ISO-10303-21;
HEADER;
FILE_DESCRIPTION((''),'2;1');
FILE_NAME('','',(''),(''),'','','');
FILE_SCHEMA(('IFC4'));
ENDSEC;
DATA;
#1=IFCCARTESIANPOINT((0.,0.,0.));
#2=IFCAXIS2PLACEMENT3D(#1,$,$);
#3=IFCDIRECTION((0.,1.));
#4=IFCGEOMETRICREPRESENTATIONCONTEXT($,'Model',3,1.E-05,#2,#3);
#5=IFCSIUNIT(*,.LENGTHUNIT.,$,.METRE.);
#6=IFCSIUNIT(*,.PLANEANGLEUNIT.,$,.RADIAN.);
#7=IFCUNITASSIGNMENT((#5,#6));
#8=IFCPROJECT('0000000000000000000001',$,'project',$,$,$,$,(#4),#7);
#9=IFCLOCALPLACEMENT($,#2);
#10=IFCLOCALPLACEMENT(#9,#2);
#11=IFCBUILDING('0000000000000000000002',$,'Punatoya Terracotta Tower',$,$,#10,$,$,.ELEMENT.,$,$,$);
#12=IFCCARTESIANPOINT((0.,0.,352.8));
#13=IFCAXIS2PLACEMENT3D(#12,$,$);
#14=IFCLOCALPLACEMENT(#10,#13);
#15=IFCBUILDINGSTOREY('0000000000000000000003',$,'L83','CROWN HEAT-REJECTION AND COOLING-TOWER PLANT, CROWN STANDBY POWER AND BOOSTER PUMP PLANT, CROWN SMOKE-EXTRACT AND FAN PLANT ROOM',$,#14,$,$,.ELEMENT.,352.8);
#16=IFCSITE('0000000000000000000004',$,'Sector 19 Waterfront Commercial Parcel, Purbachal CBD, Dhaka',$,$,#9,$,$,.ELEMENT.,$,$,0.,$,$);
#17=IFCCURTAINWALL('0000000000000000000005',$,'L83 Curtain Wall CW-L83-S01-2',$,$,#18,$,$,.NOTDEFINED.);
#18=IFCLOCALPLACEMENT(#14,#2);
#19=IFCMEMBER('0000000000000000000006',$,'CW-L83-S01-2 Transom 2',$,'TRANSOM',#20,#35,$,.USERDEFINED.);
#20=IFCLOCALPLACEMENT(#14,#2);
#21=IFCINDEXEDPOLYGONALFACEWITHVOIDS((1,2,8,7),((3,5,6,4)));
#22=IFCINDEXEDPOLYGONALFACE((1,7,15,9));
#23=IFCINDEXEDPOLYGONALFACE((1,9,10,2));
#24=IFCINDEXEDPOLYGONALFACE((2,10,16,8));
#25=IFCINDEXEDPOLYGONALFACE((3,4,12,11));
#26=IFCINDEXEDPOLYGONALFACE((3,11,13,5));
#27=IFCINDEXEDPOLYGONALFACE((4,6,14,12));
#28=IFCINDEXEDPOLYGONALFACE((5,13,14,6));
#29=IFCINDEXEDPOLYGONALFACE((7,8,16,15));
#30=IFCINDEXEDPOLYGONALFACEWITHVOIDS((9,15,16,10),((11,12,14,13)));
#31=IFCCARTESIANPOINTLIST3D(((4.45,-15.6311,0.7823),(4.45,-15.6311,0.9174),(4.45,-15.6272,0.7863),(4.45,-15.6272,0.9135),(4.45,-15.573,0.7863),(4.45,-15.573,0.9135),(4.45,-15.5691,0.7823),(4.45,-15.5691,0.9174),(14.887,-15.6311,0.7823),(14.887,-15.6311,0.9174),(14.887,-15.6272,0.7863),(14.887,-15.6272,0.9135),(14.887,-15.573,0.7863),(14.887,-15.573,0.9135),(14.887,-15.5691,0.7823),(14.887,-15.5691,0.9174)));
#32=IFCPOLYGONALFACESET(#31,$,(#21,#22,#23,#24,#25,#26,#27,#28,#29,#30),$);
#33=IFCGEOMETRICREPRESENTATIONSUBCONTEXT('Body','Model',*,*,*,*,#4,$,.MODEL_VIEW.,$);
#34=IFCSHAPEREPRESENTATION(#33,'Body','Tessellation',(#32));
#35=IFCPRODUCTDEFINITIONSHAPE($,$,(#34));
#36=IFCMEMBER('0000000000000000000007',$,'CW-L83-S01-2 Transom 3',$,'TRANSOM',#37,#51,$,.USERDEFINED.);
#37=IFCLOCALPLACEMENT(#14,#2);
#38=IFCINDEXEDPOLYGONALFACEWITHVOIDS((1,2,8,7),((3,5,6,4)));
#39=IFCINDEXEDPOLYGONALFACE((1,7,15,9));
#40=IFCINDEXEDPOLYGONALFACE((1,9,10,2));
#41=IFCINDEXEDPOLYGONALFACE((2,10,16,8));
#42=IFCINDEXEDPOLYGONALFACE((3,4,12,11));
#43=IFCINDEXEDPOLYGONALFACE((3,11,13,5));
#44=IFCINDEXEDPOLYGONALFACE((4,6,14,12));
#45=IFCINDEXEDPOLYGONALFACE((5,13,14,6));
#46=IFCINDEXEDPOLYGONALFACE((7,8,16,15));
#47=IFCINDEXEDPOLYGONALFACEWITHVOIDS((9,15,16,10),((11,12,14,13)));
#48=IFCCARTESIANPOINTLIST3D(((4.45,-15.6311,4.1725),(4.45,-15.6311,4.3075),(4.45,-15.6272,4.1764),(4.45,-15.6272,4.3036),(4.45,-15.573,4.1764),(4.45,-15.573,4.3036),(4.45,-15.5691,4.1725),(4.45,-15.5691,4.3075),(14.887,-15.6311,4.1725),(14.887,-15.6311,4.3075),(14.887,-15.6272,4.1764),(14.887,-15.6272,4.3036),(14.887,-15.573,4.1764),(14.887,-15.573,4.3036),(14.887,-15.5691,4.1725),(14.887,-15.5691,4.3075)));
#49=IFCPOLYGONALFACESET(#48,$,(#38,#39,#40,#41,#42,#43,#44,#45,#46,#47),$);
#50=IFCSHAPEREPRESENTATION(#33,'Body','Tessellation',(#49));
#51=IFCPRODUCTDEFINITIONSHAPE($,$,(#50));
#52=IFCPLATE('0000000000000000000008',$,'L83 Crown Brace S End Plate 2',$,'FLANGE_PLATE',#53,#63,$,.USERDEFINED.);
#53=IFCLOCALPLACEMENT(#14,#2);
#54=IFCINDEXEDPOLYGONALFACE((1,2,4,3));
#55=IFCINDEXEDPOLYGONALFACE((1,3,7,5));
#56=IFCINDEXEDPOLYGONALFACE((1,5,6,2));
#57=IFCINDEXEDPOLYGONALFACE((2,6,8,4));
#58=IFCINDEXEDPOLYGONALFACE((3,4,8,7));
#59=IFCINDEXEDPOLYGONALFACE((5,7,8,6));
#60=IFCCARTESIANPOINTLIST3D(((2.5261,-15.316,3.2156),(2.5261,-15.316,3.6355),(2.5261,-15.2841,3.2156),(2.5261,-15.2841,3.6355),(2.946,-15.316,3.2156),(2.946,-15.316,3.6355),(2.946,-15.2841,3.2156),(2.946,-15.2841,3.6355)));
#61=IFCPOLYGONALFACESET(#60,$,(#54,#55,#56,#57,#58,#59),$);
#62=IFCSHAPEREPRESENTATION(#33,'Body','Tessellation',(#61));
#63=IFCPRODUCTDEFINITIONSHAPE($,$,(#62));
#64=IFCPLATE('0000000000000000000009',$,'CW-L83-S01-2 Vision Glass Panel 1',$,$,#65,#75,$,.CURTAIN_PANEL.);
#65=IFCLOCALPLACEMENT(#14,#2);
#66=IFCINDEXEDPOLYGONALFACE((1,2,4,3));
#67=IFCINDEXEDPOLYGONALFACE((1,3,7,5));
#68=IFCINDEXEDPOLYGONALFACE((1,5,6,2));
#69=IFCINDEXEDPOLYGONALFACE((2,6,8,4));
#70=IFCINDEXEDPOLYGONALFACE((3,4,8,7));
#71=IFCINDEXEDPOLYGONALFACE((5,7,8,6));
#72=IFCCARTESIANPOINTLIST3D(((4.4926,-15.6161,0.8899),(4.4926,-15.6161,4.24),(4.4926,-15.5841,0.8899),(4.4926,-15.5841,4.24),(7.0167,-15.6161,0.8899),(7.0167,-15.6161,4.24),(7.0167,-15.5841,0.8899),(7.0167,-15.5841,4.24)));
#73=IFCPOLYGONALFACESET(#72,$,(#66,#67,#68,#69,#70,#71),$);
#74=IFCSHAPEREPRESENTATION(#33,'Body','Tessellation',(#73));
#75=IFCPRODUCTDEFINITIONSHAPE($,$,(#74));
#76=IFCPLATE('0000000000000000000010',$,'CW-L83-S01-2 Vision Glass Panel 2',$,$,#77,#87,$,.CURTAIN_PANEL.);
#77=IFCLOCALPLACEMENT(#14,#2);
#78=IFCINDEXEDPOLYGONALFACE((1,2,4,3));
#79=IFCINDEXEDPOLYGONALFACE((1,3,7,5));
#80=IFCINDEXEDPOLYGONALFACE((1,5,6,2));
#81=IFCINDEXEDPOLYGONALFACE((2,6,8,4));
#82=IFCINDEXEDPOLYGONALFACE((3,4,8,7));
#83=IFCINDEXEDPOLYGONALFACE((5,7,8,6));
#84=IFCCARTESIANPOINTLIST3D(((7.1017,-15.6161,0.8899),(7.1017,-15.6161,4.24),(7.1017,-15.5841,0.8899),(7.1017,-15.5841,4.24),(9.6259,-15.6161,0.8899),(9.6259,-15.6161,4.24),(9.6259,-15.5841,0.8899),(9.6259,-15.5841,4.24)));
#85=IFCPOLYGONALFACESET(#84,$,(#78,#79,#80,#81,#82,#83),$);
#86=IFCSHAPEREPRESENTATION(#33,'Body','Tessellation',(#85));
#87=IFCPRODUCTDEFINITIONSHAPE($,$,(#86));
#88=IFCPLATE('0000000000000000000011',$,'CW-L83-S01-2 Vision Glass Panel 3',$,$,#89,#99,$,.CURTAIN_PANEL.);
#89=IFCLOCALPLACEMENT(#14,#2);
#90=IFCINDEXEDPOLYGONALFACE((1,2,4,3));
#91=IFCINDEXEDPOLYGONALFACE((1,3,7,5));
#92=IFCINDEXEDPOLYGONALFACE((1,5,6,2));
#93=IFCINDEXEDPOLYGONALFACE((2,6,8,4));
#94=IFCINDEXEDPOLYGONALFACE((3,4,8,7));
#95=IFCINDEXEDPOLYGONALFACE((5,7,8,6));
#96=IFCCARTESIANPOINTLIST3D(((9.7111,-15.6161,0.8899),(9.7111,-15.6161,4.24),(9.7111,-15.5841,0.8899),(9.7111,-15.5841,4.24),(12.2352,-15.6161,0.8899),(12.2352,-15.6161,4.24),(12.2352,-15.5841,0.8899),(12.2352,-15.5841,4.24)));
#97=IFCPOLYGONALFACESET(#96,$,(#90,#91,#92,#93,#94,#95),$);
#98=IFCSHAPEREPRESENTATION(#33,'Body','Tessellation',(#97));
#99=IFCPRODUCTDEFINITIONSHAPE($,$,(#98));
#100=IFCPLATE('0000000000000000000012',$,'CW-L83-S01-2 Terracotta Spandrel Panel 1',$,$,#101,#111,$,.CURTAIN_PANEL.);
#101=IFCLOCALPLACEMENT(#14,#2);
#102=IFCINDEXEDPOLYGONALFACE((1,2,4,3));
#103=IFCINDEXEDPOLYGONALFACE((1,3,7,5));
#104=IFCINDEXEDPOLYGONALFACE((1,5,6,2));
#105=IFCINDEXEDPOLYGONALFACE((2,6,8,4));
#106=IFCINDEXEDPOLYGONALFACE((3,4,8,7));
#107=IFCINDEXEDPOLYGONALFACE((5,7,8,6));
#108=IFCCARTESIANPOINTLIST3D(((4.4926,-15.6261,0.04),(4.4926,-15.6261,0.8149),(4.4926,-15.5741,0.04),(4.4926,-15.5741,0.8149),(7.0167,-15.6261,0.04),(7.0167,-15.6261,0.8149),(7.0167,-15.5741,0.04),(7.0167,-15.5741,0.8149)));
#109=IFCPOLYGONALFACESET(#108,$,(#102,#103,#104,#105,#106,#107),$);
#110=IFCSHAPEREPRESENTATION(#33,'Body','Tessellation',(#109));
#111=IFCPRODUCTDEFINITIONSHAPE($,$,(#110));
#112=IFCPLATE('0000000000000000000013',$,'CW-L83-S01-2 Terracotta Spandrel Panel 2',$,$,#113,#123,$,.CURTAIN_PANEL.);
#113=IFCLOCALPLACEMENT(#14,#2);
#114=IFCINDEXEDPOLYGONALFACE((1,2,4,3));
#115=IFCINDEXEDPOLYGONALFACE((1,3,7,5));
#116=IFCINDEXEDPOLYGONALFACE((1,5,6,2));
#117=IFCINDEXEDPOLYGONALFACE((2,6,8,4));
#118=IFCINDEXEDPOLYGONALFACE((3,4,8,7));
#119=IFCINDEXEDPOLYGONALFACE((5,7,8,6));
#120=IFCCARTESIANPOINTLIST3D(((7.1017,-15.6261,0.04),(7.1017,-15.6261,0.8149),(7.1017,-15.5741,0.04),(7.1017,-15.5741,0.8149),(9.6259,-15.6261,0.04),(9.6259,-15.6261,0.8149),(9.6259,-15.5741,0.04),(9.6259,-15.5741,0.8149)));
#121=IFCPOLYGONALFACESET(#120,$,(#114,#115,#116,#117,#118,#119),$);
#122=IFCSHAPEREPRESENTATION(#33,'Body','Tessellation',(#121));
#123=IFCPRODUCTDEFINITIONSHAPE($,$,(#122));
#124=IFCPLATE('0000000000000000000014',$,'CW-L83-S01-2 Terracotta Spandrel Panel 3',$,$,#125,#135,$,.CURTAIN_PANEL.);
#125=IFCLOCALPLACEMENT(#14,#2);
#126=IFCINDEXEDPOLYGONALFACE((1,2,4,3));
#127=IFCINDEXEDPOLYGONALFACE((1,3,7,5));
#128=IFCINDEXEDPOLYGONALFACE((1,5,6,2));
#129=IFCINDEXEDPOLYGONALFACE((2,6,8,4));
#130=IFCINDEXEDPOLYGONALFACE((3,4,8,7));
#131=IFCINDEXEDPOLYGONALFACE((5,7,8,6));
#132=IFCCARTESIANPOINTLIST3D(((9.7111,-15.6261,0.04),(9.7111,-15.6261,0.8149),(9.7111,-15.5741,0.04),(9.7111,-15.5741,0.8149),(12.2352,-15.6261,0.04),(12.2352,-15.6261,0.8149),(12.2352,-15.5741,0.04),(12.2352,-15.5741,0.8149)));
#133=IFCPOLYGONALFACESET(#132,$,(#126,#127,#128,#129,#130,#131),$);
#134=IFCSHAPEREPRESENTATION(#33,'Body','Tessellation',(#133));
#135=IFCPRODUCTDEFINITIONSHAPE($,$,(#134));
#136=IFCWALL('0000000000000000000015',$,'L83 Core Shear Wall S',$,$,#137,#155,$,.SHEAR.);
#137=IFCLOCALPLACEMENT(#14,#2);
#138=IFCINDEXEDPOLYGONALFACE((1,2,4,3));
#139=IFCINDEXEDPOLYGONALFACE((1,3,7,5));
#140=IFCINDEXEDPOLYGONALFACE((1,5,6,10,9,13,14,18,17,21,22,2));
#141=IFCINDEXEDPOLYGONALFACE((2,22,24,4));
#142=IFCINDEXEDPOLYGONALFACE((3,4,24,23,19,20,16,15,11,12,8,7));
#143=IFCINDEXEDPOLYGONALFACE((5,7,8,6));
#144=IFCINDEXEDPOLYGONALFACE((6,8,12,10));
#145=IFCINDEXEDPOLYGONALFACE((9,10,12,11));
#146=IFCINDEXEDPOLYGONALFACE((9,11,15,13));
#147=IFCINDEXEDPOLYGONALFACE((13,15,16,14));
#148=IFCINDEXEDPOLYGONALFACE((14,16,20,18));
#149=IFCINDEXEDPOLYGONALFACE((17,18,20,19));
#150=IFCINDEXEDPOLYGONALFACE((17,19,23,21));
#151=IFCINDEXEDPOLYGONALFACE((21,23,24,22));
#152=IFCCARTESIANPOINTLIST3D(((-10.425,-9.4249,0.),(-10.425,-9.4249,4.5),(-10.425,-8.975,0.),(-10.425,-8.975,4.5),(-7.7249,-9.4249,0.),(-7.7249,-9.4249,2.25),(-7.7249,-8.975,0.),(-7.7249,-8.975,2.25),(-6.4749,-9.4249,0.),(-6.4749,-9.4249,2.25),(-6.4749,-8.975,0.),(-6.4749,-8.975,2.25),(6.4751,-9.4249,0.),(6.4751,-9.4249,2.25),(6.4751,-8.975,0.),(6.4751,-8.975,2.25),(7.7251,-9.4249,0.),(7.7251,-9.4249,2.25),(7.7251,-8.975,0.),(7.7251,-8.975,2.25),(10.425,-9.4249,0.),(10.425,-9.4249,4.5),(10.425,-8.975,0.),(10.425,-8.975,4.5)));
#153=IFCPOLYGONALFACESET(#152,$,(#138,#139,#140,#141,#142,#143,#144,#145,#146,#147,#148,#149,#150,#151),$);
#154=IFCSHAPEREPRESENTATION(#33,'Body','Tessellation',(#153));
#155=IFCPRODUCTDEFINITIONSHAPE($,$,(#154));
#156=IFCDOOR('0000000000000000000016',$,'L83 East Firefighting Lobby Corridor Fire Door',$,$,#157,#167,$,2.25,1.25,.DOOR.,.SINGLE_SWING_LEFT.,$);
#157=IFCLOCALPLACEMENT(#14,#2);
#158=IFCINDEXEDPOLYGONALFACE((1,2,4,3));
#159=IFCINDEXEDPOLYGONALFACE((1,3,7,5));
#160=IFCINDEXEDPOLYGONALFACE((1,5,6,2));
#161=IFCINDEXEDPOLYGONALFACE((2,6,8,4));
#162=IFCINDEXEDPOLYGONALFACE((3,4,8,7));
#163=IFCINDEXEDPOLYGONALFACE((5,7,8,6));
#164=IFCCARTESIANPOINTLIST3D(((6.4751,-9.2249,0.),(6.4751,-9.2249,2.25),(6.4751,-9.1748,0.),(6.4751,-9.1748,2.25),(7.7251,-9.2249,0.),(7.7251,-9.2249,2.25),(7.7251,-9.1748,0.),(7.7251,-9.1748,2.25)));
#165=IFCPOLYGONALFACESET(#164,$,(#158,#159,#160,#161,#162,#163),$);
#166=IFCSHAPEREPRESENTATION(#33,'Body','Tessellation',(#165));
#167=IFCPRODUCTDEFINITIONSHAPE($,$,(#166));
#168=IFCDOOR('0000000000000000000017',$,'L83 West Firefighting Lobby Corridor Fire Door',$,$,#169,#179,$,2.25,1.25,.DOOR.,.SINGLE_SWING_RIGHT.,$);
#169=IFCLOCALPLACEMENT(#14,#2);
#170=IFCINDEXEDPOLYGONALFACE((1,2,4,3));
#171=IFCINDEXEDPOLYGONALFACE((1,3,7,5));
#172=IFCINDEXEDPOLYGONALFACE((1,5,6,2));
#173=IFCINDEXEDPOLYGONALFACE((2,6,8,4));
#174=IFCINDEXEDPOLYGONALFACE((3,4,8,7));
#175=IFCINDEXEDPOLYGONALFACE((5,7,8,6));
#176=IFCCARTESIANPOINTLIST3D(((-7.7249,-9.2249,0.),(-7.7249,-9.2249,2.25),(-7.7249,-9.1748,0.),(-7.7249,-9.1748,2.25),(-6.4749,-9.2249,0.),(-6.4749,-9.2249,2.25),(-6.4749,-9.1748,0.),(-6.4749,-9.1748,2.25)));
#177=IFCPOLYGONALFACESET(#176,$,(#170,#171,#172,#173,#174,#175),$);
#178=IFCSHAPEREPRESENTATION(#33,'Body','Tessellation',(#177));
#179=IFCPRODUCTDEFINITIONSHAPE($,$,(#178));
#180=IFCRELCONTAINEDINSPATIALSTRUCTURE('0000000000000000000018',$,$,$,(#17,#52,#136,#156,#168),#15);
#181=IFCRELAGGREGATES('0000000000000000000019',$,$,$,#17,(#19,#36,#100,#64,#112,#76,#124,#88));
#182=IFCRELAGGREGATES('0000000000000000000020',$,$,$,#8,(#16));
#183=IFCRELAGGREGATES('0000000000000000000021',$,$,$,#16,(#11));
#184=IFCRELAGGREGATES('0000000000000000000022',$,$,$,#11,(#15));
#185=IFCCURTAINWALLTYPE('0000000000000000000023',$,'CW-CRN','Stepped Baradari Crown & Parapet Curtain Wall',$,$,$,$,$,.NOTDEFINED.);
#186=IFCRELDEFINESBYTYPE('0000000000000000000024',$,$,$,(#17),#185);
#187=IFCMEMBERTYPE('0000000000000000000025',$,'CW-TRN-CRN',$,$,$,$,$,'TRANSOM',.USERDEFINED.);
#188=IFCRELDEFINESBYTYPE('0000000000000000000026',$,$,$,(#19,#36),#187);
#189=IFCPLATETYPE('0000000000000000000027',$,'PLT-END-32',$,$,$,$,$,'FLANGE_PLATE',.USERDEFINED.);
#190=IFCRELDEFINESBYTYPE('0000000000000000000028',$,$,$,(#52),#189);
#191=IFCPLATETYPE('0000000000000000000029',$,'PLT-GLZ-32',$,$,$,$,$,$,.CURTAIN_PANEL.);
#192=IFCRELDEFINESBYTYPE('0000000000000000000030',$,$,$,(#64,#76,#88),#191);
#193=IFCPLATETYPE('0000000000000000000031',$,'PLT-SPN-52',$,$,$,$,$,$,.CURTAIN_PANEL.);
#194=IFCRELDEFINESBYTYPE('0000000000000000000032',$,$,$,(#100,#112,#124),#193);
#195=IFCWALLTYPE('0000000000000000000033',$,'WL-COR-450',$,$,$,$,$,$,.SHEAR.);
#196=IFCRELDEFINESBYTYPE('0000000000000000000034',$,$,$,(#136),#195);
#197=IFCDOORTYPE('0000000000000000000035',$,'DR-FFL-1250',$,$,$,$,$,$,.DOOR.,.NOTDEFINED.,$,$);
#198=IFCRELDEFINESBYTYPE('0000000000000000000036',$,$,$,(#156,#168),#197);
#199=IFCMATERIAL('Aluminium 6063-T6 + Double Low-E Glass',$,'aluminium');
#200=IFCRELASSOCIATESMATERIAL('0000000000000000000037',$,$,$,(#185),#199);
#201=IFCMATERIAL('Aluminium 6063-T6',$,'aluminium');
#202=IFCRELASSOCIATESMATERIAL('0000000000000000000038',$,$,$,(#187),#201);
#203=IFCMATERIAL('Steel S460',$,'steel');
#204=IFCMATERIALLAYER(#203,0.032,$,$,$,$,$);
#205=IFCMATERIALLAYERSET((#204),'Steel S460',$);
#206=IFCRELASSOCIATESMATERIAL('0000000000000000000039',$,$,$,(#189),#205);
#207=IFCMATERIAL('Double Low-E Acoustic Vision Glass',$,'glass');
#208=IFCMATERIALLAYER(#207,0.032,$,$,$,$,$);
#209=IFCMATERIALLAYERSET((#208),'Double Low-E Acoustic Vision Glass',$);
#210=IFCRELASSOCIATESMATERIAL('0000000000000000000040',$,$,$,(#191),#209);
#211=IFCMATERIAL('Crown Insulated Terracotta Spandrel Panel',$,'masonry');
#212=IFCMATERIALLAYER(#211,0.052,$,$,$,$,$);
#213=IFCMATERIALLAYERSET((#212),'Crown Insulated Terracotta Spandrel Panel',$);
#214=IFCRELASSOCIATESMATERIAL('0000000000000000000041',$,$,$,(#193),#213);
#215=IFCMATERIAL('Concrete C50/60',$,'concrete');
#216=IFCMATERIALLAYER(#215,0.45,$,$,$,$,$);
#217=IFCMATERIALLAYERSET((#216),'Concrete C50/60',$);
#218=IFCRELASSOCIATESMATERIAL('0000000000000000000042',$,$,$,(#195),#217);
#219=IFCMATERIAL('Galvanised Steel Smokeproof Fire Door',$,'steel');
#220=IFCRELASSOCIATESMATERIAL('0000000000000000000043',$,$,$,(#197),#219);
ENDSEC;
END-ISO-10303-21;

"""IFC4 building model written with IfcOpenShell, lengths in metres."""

from ifc_helpers import new_model, si_unit, direction, frame, frame_2d, origin, origin_2d, place, context, subcontext, project, spatial, rectangle, hollow_rectangle, extrude, material, layer, layer_set, material_profile, profile_set, type_object, element, fill, aggregate, save


model = new_model("IFC4")

# Units and contexts
model_context = context("Model", 3, precision=1e-05, world=origin(), true_north=direction((0.0, 1.0)))
body_context = subcontext(model_context, "Body", "Model", "MODEL_VIEW")
ifc_project = project(units=[si_unit("LENGTHUNIT", "METRE"), si_unit("PLANEANGLEUNIT", "RADIAN")], contexts=[model_context])

# Site, building, storey
site_placement = place(None, origin())
site = spatial("IfcSite", under=ifc_project, at=site_placement, Name="Sector 19 Waterfront Commercial Parcel, Purbachal CBD, Dhaka", CompositionType="ELEMENT", RefElevation=0.0)
building_placement = place(site_placement, origin())
building = spatial("IfcBuilding", under=site, at=building_placement, Name="Punatoya Terracotta Tower", CompositionType="ELEMENT")
storey_placement = place(building_placement, frame((0.0, 0.0, 352.8)))
storey = spatial("IfcBuildingStorey", under=building, at=storey_placement, Name="L83", Description="CROWN HEAT-REJECTION AND COOLING-TOWER PLANT, CROWN STANDBY POWER AND BOOSTER PUMP PLANT, CROWN SMOKE-EXTRACT AND FAN PLANT ROOM", CompositionType="ELEMENT", Elevation=352.8)

# Shared definitions
ifc_material_1 = material(Name="Steel S460", Category="steel")

# Curtain wall, members
ifc_material_2 = material(Name="Aluminium 6063-T6 + Double Low-E Glass", Category="aluminium")
curtain_wall_type = type_object("IfcCurtainWallType", Name="CW-CRN", Description="Stepped Baradari Crown & Parapet Curtain Wall", PredefinedType="NOTDEFINED", material=ifc_material_2)
curtain_wall_placement = place(storey_placement, origin())
curtain_wall = element("IfcCurtainWall", 1, at=curtain_wall_placement, inside=storey, type_object=curtain_wall_type, Name="L83 Curtain Wall CW-L83-S01-2", PredefinedType="NOTDEFINED")
ifc_material_3 = material(Name="Aluminium 6063-T6", Category="aluminium")
ifc_material_profile_1 = material_profile(ifc_material_3, hollow_rectangle(XDim=0.062, YDim=0.135, WallThickness=0.0039, at=origin_2d()))
ifc_profile_set_1 = profile_set([ifc_material_profile_1], Name="Aluminium 6063-T6")
member_type_1 = type_object("IfcMemberType", Name="CW-TRN-CRN", ElementType="TRANSOM", PredefinedType="USERDEFINED", material=ifc_profile_set_1)
member_1_placement = place(storey_placement, frame((4.45, -15.6001, 0.8499), z_axis=(1.0, 0.0, 0.0), x_axis=(0.0, 1.0, 0.0)))
member_1 = element("IfcMember", 2, at=member_1_placement, type_object=member_type_1, Name="CW-L83-S01-2 Transom 2", ObjectType="TRANSOM", PredefinedType="USERDEFINED", context=body_context, shape_type="SweptSolid", body=[
    extrude(hollow_rectangle(XDim=0.062, YDim=0.135, WallThickness=0.0039, at=origin_2d()), origin(), (0.0, 0.0, 1.0), 10.437),
])
member_2_placement = place(storey_placement, frame((4.45, -15.6001, 4.24), z_axis=(1.0, 0.0, 0.0), x_axis=(0.0, 1.0, 0.0)))
member_2 = element("IfcMember", 3, at=member_2_placement, type_object=member_type_1, Name="CW-L83-S01-2 Transom 3", ObjectType="TRANSOM", PredefinedType="USERDEFINED", context=body_context, shape_type="SweptSolid", body=[
    extrude(hollow_rectangle(XDim=0.062, YDim=0.135, WallThickness=0.0039, at=origin_2d()), origin(), (0.0, 0.0, 1.0), 10.437),
])

# Plates
ifc_layer_1 = layer(ifc_material_1, 0.032)
ifc_layer_set_1 = layer_set([ifc_layer_1], Name="Steel S460")
plate_type_1 = type_object("IfcPlateType", Name="PLT-END-32", ElementType="FLANGE_PLATE", PredefinedType="USERDEFINED", material=ifc_layer_set_1)
plate_1_placement = place(storey_placement, frame((2.7361, -15.3, 3.2156), z_axis=(0.0, 0.0, 1.0), x_axis=(1.0, 0.0, 0.0)))
element("IfcPlate", 4, at=plate_1_placement, inside=storey, type_object=plate_type_1, Name="L83 Crown Brace S End Plate 2", ObjectType="FLANGE_PLATE", PredefinedType="USERDEFINED", context=body_context, shape_type="SweptSolid", body=[
    extrude(rectangle(XDim=0.4199, YDim=0.032, at=origin_2d()), origin(), (0.0, 0.0, 1.0), 0.4199),
])
ifc_material_4 = material(Name="Double Low-E Acoustic Vision Glass", Category="glass")
ifc_layer_2 = layer(ifc_material_4, 0.032)
ifc_layer_set_2 = layer_set([ifc_layer_2], Name="Double Low-E Acoustic Vision Glass")
plate_type_2 = type_object("IfcPlateType", Name="PLT-GLZ-32", PredefinedType="CURTAIN_PANEL", material=ifc_layer_set_2)
plate_2_placement = place(storey_placement, frame((5.7546, -15.6001, 0.8899), z_axis=(0.0, 0.0, 1.0), x_axis=(1.0, 0.0, 0.0)))
plate_2 = element("IfcPlate", 5, at=plate_2_placement, type_object=plate_type_2, Name="CW-L83-S01-2 Vision Glass Panel 1", PredefinedType="CURTAIN_PANEL", context=body_context, shape_type="SweptSolid", body=[
    extrude(rectangle(XDim=2.5242, YDim=0.032, at=origin_2d()), origin(), (0.0, 0.0, 1.0), 3.3501),
])
plate_3_placement = place(storey_placement, frame((8.3638, -15.6001, 0.8899), z_axis=(0.0, 0.0, 1.0), x_axis=(1.0, 0.0, 0.0)))
plate_3 = element("IfcPlate", 6, at=plate_3_placement, type_object=plate_type_2, Name="CW-L83-S01-2 Vision Glass Panel 2", PredefinedType="CURTAIN_PANEL", context=body_context, shape_type="SweptSolid", body=[
    extrude(rectangle(XDim=2.5242, YDim=0.032, at=origin_2d()), origin(), (0.0, 0.0, 1.0), 3.3501),
])
plate_4_placement = place(storey_placement, frame((10.9731, -15.6001, 0.8899), z_axis=(0.0, 0.0, 1.0), x_axis=(1.0, 0.0, 0.0)))
plate_4 = element("IfcPlate", 7, at=plate_4_placement, type_object=plate_type_2, Name="CW-L83-S01-2 Vision Glass Panel 3", PredefinedType="CURTAIN_PANEL", context=body_context, shape_type="SweptSolid", body=[
    extrude(rectangle(XDim=2.5242, YDim=0.032, at=origin_2d()), origin(), (0.0, 0.0, 1.0), 3.3501),
])
ifc_material_5 = material(Name="Crown Insulated Terracotta Spandrel Panel", Category="masonry")
ifc_layer_3 = layer(ifc_material_5, 0.052)
ifc_layer_set_3 = layer_set([ifc_layer_3], Name="Crown Insulated Terracotta Spandrel Panel")
plate_type_3 = type_object("IfcPlateType", Name="PLT-SPN-52", PredefinedType="CURTAIN_PANEL", material=ifc_layer_set_3)
plate_5_placement = place(storey_placement, frame((5.7546, -15.6001, 0.04), z_axis=(0.0, 0.0, 1.0), x_axis=(1.0, 0.0, 0.0)))
plate_5 = element("IfcPlate", 8, at=plate_5_placement, type_object=plate_type_3, Name="CW-L83-S01-2 Terracotta Spandrel Panel 1", PredefinedType="CURTAIN_PANEL", context=body_context, shape_type="SweptSolid", body=[
    extrude(rectangle(XDim=2.5242, YDim=0.052, at=origin_2d()), origin(), (0.0, 0.0, 1.0), 0.7749),
])
plate_6_placement = place(storey_placement, frame((8.3638, -15.6001, 0.04), z_axis=(0.0, 0.0, 1.0), x_axis=(1.0, 0.0, 0.0)))
plate_6 = element("IfcPlate", 9, at=plate_6_placement, type_object=plate_type_3, Name="CW-L83-S01-2 Terracotta Spandrel Panel 2", PredefinedType="CURTAIN_PANEL", context=body_context, shape_type="SweptSolid", body=[
    extrude(rectangle(XDim=2.5242, YDim=0.052, at=origin_2d()), origin(), (0.0, 0.0, 1.0), 0.7749),
])
plate_7_placement = place(storey_placement, frame((10.9731, -15.6001, 0.04), z_axis=(0.0, 0.0, 1.0), x_axis=(1.0, 0.0, 0.0)))
plate_7 = element("IfcPlate", 10, at=plate_7_placement, type_object=plate_type_3, Name="CW-L83-S01-2 Terracotta Spandrel Panel 3", PredefinedType="CURTAIN_PANEL", context=body_context, shape_type="SweptSolid", body=[
    extrude(rectangle(XDim=2.5242, YDim=0.052, at=origin_2d()), origin(), (0.0, 0.0, 1.0), 0.7749),
])
aggregate(curtain_wall, [member_1, member_2, plate_5, plate_2, plate_6, plate_3, plate_7, plate_4])

# Wall, openings, doors
ifc_material_6 = material(Name="Concrete C50/60", Category="concrete")
ifc_layer_4 = layer(ifc_material_6, 0.45)
ifc_layer_set_4 = layer_set([ifc_layer_4], Name="Concrete C50/60")
wall_type = type_object("IfcWallType", Name="WL-COR-450", PredefinedType="SHEAR", material=ifc_layer_set_4)
wall_placement = place(storey_placement, frame((10.425, -9.2, 0.0), z_axis=(0.0, 0.0, 1.0), x_axis=(-1.0, 0.0, 0.0)))
wall = element("IfcWall", 11, at=wall_placement, inside=storey, type_object=wall_type, Name="L83 Core Shear Wall S", PredefinedType="SHEAR", context=body_context, shape_type="SweptSolid", body=[
    extrude(rectangle(XDim=20.8501, YDim=0.45, at=frame_2d((10.425, 0.0))), origin(), (0.0, 0.0, 1.0), 4.5),
])
opening_1_placement = place(wall_placement, frame((2.7, 0.0, 0.0)))
opening_1 = element("IfcOpeningElement", 12, at=opening_1_placement, cuts=wall, PredefinedType="OPENING", context=body_context, shape_type="SweptSolid", body=[
    extrude(rectangle(XDim=1.25, YDim=2.25, at=frame_2d((0.625, 1.125))), frame((0.0, 0.2349, 0.0), z_axis=(0.0, -1.0, 0.0), x_axis=(1.0, 0.0, 0.0)), (0.0, 0.0, 1.0), 0.47),
])
opening_2_placement = place(wall_placement, frame((16.8999, 0.0, 0.0)))
opening_2 = element("IfcOpeningElement", 13, at=opening_2_placement, cuts=wall, PredefinedType="OPENING", context=body_context, shape_type="SweptSolid", body=[
    extrude(rectangle(XDim=1.25, YDim=2.25, at=frame_2d((0.625, 1.125))), frame((0.0, 0.2349, 0.0), z_axis=(0.0, -1.0, 0.0), x_axis=(1.0, 0.0, 0.0)), (0.0, 0.0, 1.0), 0.47),
])
ifc_material_7 = material(Name="Galvanised Steel Smokeproof Fire Door", Category="steel")
door_type = type_object("IfcDoorType", Name="DR-FFL-1250", OperationType="NOTDEFINED", PredefinedType="DOOR", material=ifc_material_7)
door_1_placement = place(opening_1_placement, origin())
door_1 = element("IfcDoor", 14, at=door_1_placement, inside=storey, type_object=door_type, Name="L83 East Firefighting Lobby Corridor Fire Door", OperationType="SINGLE_SWING_LEFT", OverallHeight=2.25, OverallWidth=1.25, PredefinedType="DOOR", context=body_context, shape_type="SweptSolid", body=[
    extrude(rectangle(XDim=1.25, YDim=2.25, at=frame_2d((0.625, 1.125))), frame((0.0, 0.0249, 0.0), z_axis=(0.0, -1.0, 0.0), x_axis=(1.0, 0.0, 0.0)), (0.0, 0.0, 1.0), 0.05),
])
fill(opening_1, door_1)
door_2_placement = place(opening_2_placement, origin())
door_2 = element("IfcDoor", 15, at=door_2_placement, inside=storey, type_object=door_type, Name="L83 West Firefighting Lobby Corridor Fire Door", OperationType="SINGLE_SWING_RIGHT", OverallHeight=2.25, OverallWidth=1.25, PredefinedType="DOOR", context=body_context, shape_type="SweptSolid", body=[
    extrude(rectangle(XDim=1.25, YDim=2.25, at=frame_2d((0.625, 1.125))), frame((0.0, 0.0249, 0.0), z_axis=(0.0, -1.0, 0.0), x_axis=(1.0, 0.0, 0.0)), (0.0, 0.0, 1.0), 0.05),
])
fill(opening_2, door_2)

save(model, "model.ifc")
